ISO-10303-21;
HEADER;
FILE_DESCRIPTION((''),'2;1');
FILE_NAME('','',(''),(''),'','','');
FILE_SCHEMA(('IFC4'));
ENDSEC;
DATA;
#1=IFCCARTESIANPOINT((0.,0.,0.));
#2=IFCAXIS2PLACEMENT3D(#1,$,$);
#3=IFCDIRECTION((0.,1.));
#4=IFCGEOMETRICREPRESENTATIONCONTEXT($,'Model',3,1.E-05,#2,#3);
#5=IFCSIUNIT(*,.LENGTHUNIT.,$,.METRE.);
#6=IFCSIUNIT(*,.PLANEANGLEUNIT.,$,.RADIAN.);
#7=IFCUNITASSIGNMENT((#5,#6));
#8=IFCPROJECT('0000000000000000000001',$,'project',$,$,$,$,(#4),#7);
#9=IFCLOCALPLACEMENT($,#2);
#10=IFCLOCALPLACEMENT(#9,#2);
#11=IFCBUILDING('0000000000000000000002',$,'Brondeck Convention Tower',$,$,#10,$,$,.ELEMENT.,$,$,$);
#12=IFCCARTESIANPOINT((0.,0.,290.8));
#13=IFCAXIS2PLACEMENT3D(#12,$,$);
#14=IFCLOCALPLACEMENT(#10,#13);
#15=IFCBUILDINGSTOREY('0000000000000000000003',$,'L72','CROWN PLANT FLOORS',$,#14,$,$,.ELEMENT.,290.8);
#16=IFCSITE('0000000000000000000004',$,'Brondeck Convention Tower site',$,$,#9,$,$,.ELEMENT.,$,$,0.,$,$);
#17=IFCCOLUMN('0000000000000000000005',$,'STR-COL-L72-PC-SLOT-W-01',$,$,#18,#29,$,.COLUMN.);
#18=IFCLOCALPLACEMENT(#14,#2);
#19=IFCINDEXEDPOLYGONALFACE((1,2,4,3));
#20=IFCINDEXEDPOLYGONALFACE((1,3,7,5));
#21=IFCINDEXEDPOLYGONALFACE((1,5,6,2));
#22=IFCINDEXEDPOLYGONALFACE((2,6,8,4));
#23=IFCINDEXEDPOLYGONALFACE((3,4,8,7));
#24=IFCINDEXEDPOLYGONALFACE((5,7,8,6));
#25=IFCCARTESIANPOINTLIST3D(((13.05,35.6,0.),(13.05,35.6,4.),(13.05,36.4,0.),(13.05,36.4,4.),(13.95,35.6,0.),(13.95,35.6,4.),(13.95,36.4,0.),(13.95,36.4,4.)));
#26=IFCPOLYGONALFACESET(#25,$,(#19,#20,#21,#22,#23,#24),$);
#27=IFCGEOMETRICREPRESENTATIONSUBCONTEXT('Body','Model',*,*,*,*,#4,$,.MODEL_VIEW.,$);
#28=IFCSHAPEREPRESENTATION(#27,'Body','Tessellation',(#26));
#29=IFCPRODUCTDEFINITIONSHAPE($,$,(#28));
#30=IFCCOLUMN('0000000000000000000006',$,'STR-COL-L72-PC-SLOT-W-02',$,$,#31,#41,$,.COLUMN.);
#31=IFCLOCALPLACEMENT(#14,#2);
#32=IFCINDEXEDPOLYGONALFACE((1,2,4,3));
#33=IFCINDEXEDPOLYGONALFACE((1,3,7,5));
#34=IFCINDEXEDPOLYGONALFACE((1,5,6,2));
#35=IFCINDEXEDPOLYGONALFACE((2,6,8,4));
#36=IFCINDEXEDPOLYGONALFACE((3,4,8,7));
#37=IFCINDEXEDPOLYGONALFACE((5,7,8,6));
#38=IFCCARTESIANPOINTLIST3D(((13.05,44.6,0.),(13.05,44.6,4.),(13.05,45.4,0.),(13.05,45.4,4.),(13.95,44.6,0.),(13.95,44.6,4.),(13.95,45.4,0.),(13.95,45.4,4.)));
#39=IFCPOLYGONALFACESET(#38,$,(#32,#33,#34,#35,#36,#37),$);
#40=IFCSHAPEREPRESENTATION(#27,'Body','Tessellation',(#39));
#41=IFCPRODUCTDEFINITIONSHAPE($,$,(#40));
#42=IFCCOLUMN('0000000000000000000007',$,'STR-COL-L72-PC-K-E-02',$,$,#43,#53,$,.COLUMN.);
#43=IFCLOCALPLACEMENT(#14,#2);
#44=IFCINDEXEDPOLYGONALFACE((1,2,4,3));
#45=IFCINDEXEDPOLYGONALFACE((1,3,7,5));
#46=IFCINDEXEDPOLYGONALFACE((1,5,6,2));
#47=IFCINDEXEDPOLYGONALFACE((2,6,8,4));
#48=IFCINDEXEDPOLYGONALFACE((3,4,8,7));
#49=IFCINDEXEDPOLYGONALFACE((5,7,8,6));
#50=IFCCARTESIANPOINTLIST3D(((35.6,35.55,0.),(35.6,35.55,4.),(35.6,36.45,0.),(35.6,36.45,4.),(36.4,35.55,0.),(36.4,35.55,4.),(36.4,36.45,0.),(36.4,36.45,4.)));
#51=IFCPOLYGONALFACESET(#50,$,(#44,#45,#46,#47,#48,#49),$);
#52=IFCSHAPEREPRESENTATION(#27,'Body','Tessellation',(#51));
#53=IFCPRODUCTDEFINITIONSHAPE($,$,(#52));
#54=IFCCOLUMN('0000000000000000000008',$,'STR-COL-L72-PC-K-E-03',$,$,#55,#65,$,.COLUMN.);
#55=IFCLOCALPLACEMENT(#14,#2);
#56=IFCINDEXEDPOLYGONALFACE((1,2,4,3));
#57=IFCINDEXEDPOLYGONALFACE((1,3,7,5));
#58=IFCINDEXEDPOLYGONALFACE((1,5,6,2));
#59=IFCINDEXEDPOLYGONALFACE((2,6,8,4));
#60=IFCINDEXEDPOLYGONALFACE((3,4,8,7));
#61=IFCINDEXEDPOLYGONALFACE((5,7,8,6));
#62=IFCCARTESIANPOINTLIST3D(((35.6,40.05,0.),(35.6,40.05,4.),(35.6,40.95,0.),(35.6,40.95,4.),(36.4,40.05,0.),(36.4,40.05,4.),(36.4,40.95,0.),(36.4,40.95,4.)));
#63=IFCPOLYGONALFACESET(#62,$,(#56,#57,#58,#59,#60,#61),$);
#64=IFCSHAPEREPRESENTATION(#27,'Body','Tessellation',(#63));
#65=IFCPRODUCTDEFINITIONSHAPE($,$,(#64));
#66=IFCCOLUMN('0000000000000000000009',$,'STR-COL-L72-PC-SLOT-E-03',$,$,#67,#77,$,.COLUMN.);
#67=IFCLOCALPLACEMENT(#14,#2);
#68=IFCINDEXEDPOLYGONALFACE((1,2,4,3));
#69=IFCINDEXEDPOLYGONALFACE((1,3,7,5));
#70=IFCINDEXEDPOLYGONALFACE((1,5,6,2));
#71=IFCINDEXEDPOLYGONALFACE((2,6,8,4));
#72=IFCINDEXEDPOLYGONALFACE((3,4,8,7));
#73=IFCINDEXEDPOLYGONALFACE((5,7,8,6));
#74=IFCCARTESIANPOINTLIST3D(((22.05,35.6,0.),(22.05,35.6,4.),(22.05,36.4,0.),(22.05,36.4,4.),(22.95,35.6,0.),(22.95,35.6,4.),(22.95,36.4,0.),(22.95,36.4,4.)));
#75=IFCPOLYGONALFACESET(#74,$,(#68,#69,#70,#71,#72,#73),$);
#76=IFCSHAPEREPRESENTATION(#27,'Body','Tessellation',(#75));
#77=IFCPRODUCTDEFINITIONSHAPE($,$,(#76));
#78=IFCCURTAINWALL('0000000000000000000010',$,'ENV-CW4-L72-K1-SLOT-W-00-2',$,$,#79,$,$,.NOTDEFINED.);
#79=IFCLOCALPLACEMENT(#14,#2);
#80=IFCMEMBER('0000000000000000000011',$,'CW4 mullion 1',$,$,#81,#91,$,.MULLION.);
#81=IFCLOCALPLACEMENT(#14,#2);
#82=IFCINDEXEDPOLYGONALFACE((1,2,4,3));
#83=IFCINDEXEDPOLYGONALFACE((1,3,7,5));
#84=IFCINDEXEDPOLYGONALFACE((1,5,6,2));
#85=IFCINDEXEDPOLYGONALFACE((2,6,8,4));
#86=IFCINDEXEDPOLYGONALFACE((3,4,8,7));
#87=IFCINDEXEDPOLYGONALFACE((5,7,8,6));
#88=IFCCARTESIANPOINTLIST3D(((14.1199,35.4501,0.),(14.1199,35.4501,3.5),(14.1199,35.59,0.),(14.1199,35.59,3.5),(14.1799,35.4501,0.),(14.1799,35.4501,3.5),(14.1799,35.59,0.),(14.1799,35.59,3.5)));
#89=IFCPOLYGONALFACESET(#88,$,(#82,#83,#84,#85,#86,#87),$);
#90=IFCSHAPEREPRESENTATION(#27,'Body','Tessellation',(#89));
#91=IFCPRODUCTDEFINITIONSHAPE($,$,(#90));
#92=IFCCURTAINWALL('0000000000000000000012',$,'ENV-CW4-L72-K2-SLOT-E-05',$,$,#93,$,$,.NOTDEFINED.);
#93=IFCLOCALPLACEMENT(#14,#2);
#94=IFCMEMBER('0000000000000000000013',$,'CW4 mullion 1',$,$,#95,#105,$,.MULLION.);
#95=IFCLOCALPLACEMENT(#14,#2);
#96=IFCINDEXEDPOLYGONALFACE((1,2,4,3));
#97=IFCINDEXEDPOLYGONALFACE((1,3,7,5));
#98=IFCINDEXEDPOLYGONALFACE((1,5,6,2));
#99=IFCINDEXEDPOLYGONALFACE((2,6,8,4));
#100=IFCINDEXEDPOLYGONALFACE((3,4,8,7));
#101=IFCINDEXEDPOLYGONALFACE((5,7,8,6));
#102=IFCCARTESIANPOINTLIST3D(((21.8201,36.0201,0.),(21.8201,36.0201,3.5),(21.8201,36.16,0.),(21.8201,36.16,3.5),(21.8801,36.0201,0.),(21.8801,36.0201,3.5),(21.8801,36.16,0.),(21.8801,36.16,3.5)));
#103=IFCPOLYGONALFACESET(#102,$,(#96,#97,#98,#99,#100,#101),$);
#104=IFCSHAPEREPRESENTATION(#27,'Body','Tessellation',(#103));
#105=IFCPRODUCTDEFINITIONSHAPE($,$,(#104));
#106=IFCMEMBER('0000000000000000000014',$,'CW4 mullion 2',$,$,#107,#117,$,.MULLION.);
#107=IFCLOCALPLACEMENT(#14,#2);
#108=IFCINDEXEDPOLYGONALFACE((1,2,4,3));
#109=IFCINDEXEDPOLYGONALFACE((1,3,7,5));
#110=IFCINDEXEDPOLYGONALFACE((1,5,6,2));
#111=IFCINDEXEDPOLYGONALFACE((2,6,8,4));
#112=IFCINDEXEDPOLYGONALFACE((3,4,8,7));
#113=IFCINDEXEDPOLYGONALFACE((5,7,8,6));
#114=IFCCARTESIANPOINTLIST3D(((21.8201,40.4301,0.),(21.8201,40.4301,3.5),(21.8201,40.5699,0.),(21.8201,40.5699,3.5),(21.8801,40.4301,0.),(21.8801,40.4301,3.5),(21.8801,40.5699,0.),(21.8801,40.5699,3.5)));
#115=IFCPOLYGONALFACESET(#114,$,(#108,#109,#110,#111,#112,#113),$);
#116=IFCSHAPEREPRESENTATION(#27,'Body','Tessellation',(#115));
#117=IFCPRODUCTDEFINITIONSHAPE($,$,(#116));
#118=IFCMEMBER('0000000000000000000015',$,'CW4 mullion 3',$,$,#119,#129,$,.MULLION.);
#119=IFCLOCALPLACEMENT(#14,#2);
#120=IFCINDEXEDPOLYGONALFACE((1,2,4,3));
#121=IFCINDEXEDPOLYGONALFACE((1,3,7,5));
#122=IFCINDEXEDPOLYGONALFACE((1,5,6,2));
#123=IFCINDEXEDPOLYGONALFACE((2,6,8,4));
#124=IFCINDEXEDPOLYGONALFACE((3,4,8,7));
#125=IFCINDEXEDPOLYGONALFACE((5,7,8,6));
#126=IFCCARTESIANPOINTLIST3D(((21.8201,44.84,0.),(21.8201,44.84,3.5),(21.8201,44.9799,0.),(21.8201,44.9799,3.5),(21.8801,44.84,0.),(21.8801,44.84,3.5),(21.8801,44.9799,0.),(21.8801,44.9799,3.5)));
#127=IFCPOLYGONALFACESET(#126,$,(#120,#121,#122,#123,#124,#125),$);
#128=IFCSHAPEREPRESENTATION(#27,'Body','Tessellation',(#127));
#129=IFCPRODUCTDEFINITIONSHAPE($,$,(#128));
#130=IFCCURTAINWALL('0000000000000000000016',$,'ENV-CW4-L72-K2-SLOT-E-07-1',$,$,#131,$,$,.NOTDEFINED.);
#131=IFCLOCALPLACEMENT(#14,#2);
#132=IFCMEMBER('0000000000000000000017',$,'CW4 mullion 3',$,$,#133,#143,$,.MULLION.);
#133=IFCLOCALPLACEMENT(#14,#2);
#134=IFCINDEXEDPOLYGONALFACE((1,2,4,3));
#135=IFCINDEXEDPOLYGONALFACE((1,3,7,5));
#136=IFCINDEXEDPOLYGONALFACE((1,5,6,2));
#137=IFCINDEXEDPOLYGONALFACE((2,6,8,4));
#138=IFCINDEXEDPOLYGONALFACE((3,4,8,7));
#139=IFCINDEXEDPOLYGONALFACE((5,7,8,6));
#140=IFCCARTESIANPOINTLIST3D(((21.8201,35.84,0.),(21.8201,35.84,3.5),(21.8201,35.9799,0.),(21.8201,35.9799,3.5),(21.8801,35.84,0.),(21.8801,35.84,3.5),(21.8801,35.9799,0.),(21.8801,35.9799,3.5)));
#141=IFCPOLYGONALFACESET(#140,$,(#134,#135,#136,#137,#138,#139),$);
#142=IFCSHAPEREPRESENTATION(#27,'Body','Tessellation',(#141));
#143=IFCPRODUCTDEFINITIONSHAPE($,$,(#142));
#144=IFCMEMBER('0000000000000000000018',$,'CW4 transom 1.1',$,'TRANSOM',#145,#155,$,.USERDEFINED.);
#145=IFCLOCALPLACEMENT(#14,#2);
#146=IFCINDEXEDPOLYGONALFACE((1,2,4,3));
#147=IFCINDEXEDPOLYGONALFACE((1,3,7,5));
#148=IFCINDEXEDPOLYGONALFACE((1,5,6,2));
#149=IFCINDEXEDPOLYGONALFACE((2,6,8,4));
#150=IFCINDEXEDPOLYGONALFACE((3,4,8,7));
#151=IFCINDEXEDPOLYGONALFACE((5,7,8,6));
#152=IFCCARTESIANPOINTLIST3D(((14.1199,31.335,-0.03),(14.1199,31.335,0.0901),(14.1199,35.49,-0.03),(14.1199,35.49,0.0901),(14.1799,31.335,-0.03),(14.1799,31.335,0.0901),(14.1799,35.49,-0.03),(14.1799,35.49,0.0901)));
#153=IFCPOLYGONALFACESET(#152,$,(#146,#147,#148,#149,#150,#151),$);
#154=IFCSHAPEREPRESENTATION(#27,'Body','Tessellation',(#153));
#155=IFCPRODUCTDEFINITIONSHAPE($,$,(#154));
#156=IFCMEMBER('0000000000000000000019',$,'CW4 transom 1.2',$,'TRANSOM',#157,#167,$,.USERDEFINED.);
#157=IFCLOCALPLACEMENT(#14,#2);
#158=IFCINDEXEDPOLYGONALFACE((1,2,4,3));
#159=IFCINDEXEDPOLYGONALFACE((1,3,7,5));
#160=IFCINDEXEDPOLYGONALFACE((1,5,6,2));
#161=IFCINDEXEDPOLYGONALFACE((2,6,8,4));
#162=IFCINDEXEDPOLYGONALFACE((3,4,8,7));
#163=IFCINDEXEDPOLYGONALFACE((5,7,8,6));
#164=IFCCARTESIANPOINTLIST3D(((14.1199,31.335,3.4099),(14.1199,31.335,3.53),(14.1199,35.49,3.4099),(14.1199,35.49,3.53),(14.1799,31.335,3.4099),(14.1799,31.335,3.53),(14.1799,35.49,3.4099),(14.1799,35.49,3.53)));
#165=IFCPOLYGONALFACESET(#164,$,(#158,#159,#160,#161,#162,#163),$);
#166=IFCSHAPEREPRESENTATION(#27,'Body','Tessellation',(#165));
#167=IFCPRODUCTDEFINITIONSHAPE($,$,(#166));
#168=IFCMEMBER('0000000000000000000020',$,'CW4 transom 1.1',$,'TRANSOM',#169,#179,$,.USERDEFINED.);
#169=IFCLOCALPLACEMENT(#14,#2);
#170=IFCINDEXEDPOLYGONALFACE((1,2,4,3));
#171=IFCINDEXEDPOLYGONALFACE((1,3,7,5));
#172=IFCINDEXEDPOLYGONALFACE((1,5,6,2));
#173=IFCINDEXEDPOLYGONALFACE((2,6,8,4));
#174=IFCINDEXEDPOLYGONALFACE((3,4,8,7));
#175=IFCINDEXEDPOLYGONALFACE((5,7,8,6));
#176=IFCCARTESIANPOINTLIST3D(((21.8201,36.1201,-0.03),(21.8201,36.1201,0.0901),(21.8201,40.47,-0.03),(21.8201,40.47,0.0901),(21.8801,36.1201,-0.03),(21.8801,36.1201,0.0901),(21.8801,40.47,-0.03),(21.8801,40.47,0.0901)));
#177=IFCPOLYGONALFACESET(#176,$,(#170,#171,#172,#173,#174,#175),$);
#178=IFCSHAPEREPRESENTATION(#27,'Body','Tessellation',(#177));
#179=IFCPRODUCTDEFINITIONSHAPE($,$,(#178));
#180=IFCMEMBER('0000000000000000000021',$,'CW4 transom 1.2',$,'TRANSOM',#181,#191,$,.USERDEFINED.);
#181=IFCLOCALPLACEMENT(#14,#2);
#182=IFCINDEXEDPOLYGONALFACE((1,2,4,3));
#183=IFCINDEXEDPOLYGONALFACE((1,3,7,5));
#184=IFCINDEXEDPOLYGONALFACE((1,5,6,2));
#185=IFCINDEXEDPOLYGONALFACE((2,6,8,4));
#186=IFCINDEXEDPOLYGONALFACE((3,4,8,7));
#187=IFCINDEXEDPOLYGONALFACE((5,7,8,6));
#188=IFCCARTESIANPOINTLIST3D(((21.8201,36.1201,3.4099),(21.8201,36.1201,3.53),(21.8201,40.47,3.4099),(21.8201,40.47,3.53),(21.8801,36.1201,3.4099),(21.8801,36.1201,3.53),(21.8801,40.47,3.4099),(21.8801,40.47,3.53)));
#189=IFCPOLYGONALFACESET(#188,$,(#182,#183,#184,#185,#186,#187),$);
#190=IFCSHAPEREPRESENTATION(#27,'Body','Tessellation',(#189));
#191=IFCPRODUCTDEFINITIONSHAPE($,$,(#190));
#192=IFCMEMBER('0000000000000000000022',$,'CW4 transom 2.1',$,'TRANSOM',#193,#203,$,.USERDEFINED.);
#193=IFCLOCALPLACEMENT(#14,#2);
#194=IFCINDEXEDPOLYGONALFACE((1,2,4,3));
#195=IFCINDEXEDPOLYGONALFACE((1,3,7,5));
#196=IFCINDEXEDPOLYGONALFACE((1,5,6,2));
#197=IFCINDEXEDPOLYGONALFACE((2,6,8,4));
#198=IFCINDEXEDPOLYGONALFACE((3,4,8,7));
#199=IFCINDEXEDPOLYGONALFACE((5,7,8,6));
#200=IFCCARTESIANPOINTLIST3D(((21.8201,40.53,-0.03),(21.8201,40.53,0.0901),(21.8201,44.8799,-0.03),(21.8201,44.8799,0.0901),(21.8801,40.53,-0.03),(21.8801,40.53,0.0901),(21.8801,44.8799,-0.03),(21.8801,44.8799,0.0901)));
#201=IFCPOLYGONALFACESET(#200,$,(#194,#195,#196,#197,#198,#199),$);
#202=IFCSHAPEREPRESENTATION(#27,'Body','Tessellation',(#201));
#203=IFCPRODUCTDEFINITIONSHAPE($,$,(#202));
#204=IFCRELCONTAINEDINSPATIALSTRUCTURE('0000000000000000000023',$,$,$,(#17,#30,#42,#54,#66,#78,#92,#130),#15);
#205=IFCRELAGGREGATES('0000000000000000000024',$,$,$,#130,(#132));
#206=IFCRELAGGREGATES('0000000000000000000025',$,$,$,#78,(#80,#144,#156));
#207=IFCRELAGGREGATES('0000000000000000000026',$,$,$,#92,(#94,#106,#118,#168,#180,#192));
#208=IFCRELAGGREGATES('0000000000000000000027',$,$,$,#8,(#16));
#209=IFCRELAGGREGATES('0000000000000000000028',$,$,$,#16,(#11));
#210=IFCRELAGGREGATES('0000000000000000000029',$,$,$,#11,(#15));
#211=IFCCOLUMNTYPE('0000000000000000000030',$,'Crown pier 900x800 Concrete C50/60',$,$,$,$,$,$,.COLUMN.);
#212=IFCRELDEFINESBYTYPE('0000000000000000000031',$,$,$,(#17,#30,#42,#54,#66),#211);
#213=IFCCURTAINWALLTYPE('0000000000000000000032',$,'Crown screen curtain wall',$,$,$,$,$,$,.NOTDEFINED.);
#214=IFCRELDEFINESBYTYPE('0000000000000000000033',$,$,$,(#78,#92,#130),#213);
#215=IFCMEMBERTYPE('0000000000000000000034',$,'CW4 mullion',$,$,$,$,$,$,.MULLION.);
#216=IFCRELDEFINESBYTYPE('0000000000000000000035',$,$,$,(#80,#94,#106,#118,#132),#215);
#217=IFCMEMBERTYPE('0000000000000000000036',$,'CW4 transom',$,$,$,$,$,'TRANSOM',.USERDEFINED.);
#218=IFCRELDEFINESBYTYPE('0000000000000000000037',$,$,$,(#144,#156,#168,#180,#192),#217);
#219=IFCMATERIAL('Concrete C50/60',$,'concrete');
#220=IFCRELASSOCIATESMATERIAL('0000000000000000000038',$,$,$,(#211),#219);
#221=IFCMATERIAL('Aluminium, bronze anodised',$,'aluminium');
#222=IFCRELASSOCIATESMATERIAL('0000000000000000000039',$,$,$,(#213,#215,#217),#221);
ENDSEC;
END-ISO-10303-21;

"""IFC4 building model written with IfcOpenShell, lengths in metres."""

from ifc_helpers import new_model, si_unit, direction, frame, origin, origin_2d, place, context, subcontext, project, spatial, rectangle, extrude, material, material_profile, profile_set, type_object, element, aggregate, save


model = new_model("IFC4")

# Units and contexts
model_context = context("Model", 3, precision=1e-05, world=origin(), true_north=direction((0.0, 1.0)))
body_context = subcontext(model_context, "Body", "Model", "MODEL_VIEW")
ifc_project = project(units=[si_unit("LENGTHUNIT", "METRE"), si_unit("PLANEANGLEUNIT", "RADIAN")], contexts=[model_context])

# Site, building, storey
site_placement = place(None, origin())
site = spatial("IfcSite", under=ifc_project, at=site_placement, Name="Brondeck Convention Tower site", CompositionType="ELEMENT", RefElevation=0.0)
building_placement = place(site_placement, origin())
building = spatial("IfcBuilding", under=site, at=building_placement, Name="Brondeck Convention Tower", CompositionType="ELEMENT")
storey_placement = place(building_placement, frame((0.0, 0.0, 290.8)))
storey = spatial("IfcBuildingStorey", under=building, at=storey_placement, Name="L72", Description="CROWN PLANT FLOORS", CompositionType="ELEMENT", Elevation=290.8)

# Columns
ifc_material_1 = material(Name="Concrete C50/60", Category="concrete")
ifc_material_profile_1 = material_profile(ifc_material_1, rectangle(XDim=0.8999, YDim=0.8, at=origin_2d()), Name="Crown pier 900x800 Concrete C50/60")
ifc_profile_set_1 = profile_set([ifc_material_profile_1], Name="Concrete C50/60")
column_type = type_object("IfcColumnType", Name="Crown pier 900x800 Concrete C50/60", PredefinedType="COLUMN", material=ifc_profile_set_1)
for number, where, z_axis, x_axis, name in (
    (1, (13.5, 36.0, 0.0), (0.0, 0.0, 1.0), (1.0, 0.0, 0.0), "STR-COL-L72-PC-SLOT-W-01"),
    (2, (13.5, 45.0, 0.0), (0.0, 0.0, 1.0), (1.0, 0.0, 0.0), "STR-COL-L72-PC-SLOT-W-02"),
    (3, (36.0, 36.0, 0.0), (0.0, 0.0, 1.0), (0.0, 1.0, 0.0), "STR-COL-L72-PC-K-E-02"),
    (4, (36.0, 40.5, 0.0), (0.0, 0.0, 1.0), (0.0, 1.0, 0.0), "STR-COL-L72-PC-K-E-03"),
    (5, (22.5, 36.0, 0.0), (0.0, 0.0, 1.0), (1.0, 0.0, 0.0), "STR-COL-L72-PC-SLOT-E-03"),
):
    element("IfcColumn", number, at=place(storey_placement, frame(where, z_axis=z_axis, x_axis=x_axis)), inside=storey, type_object=column_type, Name=name, PredefinedType="COLUMN", context=body_context, shape_type="SweptSolid", body=[
        extrude(rectangle(XDim=0.8999, YDim=0.8, at=origin_2d()), origin(), (0.0, 0.0, 1.0), 4.0),
    ])

# Curtain wall, member
ifc_material_2 = material(Name="Aluminium, bronze anodised", Category="aluminium")
curtain_wall_type = type_object("IfcCurtainWallType", Name="Crown screen curtain wall", PredefinedType="NOTDEFINED", material=ifc_material_2)
curtain_wall_1_placement = place(storey_placement, origin())
curtain_wall_1 = element("IfcCurtainWall", 6, at=curtain_wall_1_placement, inside=storey, type_object=curtain_wall_type, Name="ENV-CW4-L72-K1-SLOT-W-00-2", PredefinedType="NOTDEFINED")
ifc_material_profile_2 = material_profile(ifc_material_2, rectangle(XDim=0.0601, YDim=0.1399, at=origin_2d()), Name="CW4 mullion")
ifc_profile_set_2 = profile_set([ifc_material_profile_2], Name="Aluminium, bronze anodised")
member_type_1 = type_object("IfcMemberType", Name="CW4 mullion", PredefinedType="MULLION", material=ifc_profile_set_2)
member_1_placement = place(storey_placement, frame((14.1499, 35.52, 0.0), z_axis=(0.0, 0.0, 1.0), x_axis=(1.0, 0.0, 0.0)))
member_1 = element("IfcMember", 7, at=member_1_placement, type_object=member_type_1, Name="CW4 mullion 1", PredefinedType="MULLION", context=body_context, shape_type="SweptSolid", body=[
    extrude(rectangle(XDim=0.0601, YDim=0.1399, at=origin_2d()), origin(), (0.0, 0.0, 1.0), 3.5),
])

# Curtain wall, members
curtain_wall_2_placement = place(storey_placement, origin())
curtain_wall_2 = element("IfcCurtainWall", 8, at=curtain_wall_2_placement, inside=storey, type_object=curtain_wall_type, Name="ENV-CW4-L72-K2-SLOT-E-05", PredefinedType="NOTDEFINED")
member_2_placement = place(storey_placement, frame((21.8501, 36.0901, 0.0), z_axis=(0.0, 0.0, 1.0), x_axis=(-1.0, 0.0, 0.0)))
member_2 = element("IfcMember", 9, at=member_2_placement, type_object=member_type_1, Name="CW4 mullion 1", PredefinedType="MULLION", context=body_context, shape_type="SweptSolid", body=[
    extrude(rectangle(XDim=0.0601, YDim=0.1399, at=origin_2d()), origin(), (0.0, 0.0, 1.0), 3.5),
])
member_3_placement = place(storey_placement, frame((21.8501, 40.5, 0.0), z_axis=(0.0, 0.0, 1.0), x_axis=(-1.0, 0.0, 0.0)))
member_3 = element("IfcMember", 10, at=member_3_placement, type_object=member_type_1, Name="CW4 mullion 2", PredefinedType="MULLION", context=body_context, shape_type="SweptSolid", body=[
    extrude(rectangle(XDim=0.0601, YDim=0.1399, at=origin_2d()), origin(), (0.0, 0.0, 1.0), 3.5),
])
member_4_placement = place(storey_placement, frame((21.8501, 44.9099, 0.0), z_axis=(0.0, 0.0, 1.0), x_axis=(-1.0, 0.0, 0.0)))
member_4 = element("IfcMember", 11, at=member_4_placement, type_object=member_type_1, Name="CW4 mullion 3", PredefinedType="MULLION", context=body_context, shape_type="SweptSolid", body=[
    extrude(rectangle(XDim=0.0601, YDim=0.1399, at=origin_2d()), origin(), (0.0, 0.0, 1.0), 3.5),
])

# Curtain wall, member
curtain_wall_3_placement = place(storey_placement, origin())
curtain_wall_3 = element("IfcCurtainWall", 12, at=curtain_wall_3_placement, inside=storey, type_object=curtain_wall_type, Name="ENV-CW4-L72-K2-SLOT-E-07-1", PredefinedType="NOTDEFINED")
member_5_placement = place(storey_placement, frame((21.8501, 35.9099, 0.0), z_axis=(0.0, 0.0, 1.0), x_axis=(-1.0, 0.0, 0.0)))
member_5 = element("IfcMember", 13, at=member_5_placement, type_object=member_type_1, Name="CW4 mullion 3", PredefinedType="MULLION", context=body_context, shape_type="SweptSolid", body=[
    extrude(rectangle(XDim=0.0601, YDim=0.1399, at=origin_2d()), origin(), (0.0, 0.0, 1.0), 3.5),
])
aggregate(curtain_wall_3, [member_5])

# Members
ifc_material_profile_3 = material_profile(ifc_material_2, rectangle(XDim=0.0601, YDim=0.1201, at=origin_2d()), Name="CW4 transom")
ifc_profile_set_3 = profile_set([ifc_material_profile_3], Name="Aluminium, bronze anodised")
member_type_2 = type_object("IfcMemberType", Name="CW4 transom", ElementType="TRANSOM", PredefinedType="USERDEFINED", material=ifc_profile_set_3)
member_6_placement = place(storey_placement, frame((14.1499, 35.49, 0.03), z_axis=(0.0, -1.0, 0.0), x_axis=(1.0, 0.0, 0.0)))
member_6 = element("IfcMember", 14, at=member_6_placement, type_object=member_type_2, Name="CW4 transom 1.1", ObjectType="TRANSOM", PredefinedType="USERDEFINED", context=body_context, shape_type="SweptSolid", body=[
    extrude(rectangle(XDim=0.0601, YDim=0.1201, at=origin_2d()), origin(), (0.0, 0.0, 1.0), 4.155),
])
member_7_placement = place(storey_placement, frame((14.1499, 35.49, 3.47), z_axis=(0.0, -1.0, 0.0), x_axis=(1.0, 0.0, 0.0)))
member_7 = element("IfcMember", 15, at=member_7_placement, type_object=member_type_2, Name="CW4 transom 1.2", ObjectType="TRANSOM", PredefinedType="USERDEFINED", context=body_context, shape_type="SweptSolid", body=[
    extrude(rectangle(XDim=0.0601, YDim=0.1201, at=origin_2d()), origin(), (0.0, 0.0, 1.0), 4.155),
])
aggregate(curtain_wall_1, [member_1, member_6, member_7])
member_8_placement = place(storey_placement, frame((21.8501, 36.1201, 0.03), z_axis=(0.0, 1.0, 0.0), x_axis=(-1.0, 0.0, 0.0)))
member_8 = element("IfcMember", 16, at=member_8_placement, type_object=member_type_2, Name="CW4 transom 1.1", ObjectType="TRANSOM", PredefinedType="USERDEFINED", context=body_context, shape_type="SweptSolid", body=[
    extrude(rectangle(XDim=0.0601, YDim=0.1201, at=origin_2d()), origin(), (0.0, 0.0, 1.0), 4.3499),
])
member_9_placement = place(storey_placement, frame((21.8501, 36.1201, 3.47), z_axis=(0.0, 1.0, 0.0), x_axis=(-1.0, 0.0, 0.0)))
member_9 = element("IfcMember", 17, at=member_9_placement, type_object=member_type_2, Name="CW4 transom 1.2", ObjectType="TRANSOM", PredefinedType="USERDEFINED", context=body_context, shape_type="SweptSolid", body=[
    extrude(rectangle(XDim=0.0601, YDim=0.1201, at=origin_2d()), origin(), (0.0, 0.0, 1.0), 4.3499),
])
member_10_placement = place(storey_placement, frame((21.8501, 40.53, 0.03), z_axis=(0.0, 1.0, 0.0), x_axis=(-1.0, 0.0, 0.0)))
member_10 = element("IfcMember", 18, at=member_10_placement, type_object=member_type_2, Name="CW4 transom 2.1", ObjectType="TRANSOM", PredefinedType="USERDEFINED", context=body_context, shape_type="SweptSolid", body=[
    extrude(rectangle(XDim=0.0601, YDim=0.1201, at=origin_2d()), origin(), (0.0, 0.0, 1.0), 4.3499),
])

aggregate(curtain_wall_2, [member_2, member_3, member_4, member_8, member_9, member_10])

save(model, "model.ifc")
